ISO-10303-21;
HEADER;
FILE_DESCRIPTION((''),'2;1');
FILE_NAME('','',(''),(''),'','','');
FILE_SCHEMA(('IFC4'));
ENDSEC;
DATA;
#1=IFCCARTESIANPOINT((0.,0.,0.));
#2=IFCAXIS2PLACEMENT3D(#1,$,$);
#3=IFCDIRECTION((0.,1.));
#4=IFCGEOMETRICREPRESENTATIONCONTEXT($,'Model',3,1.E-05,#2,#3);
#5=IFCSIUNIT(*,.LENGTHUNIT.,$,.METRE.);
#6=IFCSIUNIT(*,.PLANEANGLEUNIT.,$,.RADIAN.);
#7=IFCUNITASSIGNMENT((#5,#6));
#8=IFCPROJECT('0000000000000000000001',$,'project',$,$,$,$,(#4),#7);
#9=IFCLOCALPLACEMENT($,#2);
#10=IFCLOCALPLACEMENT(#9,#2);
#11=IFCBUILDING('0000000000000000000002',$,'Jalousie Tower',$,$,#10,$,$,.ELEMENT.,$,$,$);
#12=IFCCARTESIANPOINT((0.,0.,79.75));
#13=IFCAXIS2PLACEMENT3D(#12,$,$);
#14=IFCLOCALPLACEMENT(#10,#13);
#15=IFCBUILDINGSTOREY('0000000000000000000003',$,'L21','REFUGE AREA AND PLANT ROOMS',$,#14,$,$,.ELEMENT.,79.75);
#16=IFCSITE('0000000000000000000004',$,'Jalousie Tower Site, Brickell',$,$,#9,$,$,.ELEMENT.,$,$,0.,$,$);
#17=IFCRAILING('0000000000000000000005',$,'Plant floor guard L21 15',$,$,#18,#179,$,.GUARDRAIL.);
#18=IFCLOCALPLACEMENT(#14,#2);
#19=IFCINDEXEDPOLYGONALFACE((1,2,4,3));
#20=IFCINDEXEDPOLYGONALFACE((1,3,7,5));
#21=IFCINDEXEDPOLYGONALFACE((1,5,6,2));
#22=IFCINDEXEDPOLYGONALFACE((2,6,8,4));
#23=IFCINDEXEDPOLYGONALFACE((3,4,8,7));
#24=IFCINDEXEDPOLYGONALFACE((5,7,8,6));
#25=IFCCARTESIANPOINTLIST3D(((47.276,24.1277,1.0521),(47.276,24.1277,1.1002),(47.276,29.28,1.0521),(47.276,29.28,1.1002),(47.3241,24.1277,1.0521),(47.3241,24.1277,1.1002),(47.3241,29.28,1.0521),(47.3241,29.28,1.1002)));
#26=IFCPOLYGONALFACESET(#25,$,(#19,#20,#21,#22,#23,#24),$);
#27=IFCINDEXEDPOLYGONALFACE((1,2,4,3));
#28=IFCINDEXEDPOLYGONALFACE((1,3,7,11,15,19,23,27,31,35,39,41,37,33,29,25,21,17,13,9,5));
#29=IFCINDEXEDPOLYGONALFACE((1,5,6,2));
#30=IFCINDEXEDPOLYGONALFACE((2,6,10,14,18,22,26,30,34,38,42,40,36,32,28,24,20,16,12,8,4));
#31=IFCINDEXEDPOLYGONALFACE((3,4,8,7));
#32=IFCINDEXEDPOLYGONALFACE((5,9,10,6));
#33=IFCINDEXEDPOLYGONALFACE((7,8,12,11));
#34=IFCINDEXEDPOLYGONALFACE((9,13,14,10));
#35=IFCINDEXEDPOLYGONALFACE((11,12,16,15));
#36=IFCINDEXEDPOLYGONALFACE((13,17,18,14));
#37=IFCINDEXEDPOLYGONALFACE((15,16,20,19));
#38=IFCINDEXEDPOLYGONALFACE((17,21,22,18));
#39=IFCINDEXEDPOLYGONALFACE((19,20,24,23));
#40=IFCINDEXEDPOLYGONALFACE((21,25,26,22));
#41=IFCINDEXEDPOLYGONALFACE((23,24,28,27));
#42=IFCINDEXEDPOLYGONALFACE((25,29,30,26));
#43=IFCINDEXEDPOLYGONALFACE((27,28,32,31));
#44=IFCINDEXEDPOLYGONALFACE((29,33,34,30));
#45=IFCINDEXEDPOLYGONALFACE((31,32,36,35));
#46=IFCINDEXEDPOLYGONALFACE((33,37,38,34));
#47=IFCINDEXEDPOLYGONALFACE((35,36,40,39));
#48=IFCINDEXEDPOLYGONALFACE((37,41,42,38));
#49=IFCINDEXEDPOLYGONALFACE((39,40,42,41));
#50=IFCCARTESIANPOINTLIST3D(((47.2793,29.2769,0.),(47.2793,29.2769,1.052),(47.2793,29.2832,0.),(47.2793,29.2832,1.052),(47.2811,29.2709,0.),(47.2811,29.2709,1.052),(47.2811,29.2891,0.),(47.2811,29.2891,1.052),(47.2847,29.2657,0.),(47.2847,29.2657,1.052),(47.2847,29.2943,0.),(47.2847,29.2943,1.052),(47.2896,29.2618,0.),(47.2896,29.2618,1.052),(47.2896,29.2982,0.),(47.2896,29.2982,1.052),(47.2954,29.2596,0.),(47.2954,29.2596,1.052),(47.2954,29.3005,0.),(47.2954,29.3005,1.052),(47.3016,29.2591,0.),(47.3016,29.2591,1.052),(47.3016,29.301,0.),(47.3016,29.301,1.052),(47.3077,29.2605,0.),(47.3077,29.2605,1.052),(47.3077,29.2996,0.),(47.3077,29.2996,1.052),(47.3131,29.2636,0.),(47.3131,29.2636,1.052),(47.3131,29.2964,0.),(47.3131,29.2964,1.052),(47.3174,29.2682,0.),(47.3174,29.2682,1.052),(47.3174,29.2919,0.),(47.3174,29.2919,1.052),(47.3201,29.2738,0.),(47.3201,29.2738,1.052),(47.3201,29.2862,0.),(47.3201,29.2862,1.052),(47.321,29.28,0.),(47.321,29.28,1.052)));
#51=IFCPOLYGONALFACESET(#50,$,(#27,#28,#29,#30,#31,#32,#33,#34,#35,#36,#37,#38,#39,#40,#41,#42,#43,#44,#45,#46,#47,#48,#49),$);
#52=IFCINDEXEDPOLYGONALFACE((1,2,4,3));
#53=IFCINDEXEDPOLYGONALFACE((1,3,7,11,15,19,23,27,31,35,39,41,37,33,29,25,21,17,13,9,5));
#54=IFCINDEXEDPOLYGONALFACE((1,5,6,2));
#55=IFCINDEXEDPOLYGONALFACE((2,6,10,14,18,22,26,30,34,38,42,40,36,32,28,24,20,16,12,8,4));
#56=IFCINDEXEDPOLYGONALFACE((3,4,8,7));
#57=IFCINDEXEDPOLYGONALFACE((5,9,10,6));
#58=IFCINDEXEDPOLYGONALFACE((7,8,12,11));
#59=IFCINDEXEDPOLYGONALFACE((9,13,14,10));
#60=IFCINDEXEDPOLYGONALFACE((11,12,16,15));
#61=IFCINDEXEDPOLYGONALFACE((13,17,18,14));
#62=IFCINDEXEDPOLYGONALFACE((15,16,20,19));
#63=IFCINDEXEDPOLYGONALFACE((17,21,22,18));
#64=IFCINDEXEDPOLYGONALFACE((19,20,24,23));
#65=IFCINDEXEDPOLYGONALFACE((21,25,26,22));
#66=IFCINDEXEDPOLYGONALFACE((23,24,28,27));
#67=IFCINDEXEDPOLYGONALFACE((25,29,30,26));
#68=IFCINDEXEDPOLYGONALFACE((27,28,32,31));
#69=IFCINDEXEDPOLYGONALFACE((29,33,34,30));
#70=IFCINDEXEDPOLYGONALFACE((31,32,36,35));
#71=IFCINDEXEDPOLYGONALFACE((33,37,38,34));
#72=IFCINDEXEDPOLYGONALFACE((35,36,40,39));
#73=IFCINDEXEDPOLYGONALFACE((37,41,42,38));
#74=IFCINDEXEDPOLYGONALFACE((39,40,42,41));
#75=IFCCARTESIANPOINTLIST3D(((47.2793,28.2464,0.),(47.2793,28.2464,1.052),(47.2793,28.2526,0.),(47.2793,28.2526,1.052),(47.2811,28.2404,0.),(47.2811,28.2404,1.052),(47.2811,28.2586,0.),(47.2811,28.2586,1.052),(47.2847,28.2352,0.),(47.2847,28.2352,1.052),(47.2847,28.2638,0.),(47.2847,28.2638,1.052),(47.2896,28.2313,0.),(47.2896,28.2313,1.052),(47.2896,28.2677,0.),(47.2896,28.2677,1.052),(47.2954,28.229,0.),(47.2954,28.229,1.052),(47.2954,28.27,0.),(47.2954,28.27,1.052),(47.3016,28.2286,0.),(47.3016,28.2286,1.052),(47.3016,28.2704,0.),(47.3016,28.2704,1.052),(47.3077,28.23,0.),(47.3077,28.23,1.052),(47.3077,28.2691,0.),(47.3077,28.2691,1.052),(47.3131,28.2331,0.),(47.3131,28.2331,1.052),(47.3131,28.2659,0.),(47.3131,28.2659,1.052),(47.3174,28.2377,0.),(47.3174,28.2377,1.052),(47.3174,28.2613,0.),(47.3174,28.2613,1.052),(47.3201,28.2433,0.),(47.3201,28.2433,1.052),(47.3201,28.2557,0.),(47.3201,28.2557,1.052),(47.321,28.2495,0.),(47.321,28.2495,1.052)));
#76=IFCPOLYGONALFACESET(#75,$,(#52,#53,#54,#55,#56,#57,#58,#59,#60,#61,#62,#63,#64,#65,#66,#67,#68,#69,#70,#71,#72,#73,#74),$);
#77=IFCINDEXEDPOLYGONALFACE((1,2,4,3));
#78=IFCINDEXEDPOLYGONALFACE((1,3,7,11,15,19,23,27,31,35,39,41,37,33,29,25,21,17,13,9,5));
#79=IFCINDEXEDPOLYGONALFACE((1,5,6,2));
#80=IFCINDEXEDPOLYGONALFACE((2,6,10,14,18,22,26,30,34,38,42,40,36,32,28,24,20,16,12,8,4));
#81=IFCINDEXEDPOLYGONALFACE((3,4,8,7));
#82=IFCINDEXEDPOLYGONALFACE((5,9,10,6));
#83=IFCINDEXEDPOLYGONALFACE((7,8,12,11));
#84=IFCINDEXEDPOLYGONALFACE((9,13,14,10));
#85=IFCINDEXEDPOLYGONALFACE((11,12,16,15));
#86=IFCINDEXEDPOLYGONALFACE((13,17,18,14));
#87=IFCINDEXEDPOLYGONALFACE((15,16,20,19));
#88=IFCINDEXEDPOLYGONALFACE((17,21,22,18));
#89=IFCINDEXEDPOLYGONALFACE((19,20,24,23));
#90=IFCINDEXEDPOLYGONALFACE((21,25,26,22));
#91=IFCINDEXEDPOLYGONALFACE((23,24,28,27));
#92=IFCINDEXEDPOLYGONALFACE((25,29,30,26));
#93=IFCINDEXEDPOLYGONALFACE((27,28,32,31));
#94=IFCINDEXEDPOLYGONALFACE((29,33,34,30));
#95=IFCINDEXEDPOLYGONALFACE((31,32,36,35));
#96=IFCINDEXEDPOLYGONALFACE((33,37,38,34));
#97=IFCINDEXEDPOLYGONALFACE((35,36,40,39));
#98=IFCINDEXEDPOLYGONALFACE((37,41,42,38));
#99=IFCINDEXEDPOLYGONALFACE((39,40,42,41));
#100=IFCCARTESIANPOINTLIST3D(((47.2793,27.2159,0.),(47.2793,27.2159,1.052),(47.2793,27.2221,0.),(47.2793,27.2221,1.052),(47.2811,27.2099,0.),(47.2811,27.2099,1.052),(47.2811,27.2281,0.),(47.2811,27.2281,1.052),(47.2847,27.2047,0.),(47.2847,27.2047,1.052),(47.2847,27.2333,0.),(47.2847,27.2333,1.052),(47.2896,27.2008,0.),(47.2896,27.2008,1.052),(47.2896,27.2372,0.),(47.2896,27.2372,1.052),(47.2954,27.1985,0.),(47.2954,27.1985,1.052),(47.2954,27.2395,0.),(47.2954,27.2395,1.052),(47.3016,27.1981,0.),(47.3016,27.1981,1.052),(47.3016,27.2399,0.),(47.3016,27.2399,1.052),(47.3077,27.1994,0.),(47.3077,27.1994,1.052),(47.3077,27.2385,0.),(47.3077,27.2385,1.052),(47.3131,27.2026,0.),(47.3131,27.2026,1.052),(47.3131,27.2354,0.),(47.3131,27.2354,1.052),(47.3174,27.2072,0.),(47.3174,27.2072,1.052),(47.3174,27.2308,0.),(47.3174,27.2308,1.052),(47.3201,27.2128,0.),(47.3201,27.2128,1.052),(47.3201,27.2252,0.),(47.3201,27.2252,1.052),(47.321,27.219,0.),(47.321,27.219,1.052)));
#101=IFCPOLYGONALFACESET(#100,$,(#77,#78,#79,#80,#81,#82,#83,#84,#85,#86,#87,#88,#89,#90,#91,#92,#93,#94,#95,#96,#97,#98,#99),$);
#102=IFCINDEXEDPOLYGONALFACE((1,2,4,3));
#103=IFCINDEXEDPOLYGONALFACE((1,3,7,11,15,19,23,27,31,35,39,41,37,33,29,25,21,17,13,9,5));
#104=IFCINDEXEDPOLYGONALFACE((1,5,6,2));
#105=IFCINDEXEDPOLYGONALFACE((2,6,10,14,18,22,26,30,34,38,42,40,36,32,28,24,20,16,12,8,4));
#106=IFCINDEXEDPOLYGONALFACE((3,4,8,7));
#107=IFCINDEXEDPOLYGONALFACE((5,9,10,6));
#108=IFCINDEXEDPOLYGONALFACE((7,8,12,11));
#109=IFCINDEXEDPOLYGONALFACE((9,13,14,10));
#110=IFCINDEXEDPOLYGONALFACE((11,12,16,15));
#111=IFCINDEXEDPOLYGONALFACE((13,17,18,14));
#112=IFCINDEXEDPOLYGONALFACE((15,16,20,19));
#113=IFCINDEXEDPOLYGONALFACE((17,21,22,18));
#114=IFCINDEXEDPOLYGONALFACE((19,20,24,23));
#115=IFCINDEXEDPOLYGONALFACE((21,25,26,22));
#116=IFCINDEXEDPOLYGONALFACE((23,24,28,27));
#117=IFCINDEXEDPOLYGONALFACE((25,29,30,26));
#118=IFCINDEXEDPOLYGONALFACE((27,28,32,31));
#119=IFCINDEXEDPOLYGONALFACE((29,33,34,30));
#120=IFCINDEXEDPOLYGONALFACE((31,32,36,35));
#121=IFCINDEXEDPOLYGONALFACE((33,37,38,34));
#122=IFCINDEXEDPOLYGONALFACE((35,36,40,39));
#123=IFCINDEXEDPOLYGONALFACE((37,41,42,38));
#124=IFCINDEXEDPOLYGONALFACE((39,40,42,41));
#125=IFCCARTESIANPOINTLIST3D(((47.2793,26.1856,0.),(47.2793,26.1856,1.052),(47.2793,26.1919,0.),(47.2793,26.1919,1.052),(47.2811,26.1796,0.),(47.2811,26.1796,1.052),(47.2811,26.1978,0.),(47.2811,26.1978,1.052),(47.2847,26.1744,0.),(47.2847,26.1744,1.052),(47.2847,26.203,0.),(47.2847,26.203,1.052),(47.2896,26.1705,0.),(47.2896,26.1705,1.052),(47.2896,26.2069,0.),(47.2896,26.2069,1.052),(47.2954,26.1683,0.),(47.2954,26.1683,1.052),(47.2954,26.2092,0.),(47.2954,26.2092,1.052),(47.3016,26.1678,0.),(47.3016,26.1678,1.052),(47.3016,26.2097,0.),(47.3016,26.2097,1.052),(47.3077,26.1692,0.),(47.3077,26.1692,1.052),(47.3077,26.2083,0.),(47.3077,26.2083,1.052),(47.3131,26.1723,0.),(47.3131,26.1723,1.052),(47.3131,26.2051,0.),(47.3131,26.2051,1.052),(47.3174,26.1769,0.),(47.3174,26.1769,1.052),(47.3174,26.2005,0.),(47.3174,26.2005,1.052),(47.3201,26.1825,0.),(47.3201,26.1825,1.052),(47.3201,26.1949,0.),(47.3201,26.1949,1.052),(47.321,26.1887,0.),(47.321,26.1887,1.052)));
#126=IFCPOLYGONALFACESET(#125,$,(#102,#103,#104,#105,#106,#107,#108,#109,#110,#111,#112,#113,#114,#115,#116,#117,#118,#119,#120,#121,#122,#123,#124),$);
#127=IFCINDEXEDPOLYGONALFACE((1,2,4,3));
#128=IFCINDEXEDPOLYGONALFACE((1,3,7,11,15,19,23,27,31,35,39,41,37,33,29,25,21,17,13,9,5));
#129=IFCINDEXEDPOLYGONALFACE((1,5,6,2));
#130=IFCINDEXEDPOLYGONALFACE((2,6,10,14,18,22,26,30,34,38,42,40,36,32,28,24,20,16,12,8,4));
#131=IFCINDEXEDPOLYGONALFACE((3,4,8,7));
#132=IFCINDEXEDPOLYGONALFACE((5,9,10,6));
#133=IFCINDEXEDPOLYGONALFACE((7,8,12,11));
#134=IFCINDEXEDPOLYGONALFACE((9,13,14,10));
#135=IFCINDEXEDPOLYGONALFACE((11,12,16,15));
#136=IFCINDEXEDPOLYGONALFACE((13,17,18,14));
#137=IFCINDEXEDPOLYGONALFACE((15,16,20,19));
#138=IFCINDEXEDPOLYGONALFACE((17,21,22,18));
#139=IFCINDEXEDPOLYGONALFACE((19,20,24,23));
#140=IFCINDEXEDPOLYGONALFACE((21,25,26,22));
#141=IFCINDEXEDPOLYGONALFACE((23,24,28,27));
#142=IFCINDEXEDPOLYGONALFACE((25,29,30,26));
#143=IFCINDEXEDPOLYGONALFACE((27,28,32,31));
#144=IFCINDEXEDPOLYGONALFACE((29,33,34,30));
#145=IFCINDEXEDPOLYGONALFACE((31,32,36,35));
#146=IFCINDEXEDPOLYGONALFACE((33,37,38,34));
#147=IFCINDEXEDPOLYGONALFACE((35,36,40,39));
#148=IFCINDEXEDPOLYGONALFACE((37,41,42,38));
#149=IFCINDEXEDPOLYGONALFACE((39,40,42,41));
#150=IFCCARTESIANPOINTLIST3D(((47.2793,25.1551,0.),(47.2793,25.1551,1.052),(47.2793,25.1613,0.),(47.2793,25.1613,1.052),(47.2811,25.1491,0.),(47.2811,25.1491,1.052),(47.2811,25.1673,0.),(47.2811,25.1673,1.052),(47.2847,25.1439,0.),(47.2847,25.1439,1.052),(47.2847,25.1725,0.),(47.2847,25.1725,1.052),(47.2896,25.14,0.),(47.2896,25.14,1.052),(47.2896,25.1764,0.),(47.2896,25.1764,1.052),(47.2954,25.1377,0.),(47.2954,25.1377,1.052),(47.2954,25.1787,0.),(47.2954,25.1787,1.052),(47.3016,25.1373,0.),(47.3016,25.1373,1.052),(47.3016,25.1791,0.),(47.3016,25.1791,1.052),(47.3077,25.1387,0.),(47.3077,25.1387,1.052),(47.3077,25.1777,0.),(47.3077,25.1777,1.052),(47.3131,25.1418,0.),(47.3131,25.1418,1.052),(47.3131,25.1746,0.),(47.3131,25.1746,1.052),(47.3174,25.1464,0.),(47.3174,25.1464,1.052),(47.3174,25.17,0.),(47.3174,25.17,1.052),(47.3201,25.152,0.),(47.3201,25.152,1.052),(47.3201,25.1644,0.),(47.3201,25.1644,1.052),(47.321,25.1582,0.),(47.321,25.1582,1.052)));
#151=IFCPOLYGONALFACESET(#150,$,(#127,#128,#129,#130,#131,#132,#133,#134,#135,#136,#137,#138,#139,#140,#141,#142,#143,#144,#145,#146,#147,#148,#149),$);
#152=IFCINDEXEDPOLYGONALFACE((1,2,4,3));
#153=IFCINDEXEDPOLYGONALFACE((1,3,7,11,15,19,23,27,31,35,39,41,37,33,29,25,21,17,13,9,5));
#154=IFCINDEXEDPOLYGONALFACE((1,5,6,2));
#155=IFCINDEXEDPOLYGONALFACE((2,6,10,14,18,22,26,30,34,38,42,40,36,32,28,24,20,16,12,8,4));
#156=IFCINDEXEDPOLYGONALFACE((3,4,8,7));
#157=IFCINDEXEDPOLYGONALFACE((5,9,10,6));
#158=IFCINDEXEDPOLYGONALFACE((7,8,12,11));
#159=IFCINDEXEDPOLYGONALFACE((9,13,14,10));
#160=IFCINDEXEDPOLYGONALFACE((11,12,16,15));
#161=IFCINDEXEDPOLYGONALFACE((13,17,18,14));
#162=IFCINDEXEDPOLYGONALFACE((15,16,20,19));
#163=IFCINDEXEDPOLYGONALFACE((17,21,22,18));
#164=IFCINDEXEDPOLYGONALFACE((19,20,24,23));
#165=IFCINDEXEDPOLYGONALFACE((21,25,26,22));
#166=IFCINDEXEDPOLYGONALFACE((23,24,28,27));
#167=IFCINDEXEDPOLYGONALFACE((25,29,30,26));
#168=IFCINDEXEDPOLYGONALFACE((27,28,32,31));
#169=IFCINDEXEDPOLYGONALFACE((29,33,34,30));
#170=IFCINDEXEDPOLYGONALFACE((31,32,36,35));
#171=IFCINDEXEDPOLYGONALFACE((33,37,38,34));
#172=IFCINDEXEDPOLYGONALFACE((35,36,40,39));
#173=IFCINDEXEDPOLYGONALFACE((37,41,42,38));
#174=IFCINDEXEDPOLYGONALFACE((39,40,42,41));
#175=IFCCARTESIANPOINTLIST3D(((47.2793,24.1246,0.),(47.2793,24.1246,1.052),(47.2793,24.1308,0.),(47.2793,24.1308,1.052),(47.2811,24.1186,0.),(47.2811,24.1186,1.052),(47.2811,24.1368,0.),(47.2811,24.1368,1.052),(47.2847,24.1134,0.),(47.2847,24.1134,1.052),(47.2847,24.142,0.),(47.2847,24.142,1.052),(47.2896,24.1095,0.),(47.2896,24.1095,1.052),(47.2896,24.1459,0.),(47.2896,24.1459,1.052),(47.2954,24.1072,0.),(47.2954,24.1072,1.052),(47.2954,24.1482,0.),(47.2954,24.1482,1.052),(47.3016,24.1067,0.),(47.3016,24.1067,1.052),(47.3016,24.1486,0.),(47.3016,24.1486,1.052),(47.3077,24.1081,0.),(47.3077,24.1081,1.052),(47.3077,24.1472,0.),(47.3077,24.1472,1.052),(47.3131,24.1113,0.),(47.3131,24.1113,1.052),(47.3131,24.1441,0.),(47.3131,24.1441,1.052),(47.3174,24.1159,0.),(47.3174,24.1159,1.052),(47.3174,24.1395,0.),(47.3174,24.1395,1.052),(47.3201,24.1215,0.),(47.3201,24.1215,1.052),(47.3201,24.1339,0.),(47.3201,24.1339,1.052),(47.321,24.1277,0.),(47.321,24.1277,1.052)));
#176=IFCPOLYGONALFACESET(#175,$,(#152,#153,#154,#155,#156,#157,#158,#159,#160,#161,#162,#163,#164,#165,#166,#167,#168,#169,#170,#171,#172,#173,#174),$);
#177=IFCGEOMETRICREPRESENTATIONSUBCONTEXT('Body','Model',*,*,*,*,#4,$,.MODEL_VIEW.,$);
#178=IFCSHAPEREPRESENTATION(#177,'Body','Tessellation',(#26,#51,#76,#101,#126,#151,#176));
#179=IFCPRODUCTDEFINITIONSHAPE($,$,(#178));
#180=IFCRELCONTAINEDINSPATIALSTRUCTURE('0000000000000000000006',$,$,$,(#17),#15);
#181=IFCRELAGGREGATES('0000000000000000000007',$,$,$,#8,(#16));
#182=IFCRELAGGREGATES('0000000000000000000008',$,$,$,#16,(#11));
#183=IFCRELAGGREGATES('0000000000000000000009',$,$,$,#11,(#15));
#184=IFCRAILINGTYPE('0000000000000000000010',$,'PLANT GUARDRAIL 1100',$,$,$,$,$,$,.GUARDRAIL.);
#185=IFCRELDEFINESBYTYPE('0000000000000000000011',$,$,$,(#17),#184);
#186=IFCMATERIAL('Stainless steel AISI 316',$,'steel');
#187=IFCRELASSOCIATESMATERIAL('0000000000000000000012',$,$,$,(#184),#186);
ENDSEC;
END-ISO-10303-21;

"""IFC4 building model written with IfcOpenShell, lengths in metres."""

from ifc_helpers import new_model, si_unit, direction, frame, origin, origin_2d, place, context, subcontext, project, spatial, rectangle, circle, extrude, material, type_object, element, save


model = new_model("IFC4")

# Units and contexts
model_context = context("Model", 3, precision=1e-05, world=origin(), true_north=direction((0.0, 1.0)))
body_context = subcontext(model_context, "Body", "Model", "MODEL_VIEW")
ifc_project = project(units=[si_unit("LENGTHUNIT", "METRE"), si_unit("PLANEANGLEUNIT", "RADIAN")], contexts=[model_context])

# Site, building, storey
site_placement = place(None, origin())
site = spatial("IfcSite", under=ifc_project, at=site_placement, Name="Jalousie Tower Site, Brickell", CompositionType="ELEMENT", RefElevation=0.0)
building_placement = place(site_placement, origin())
building = spatial("IfcBuilding", under=site, at=building_placement, Name="Jalousie Tower", CompositionType="ELEMENT")
storey_placement = place(building_placement, frame((0.0, 0.0, 79.75)))
storey = spatial("IfcBuildingStorey", under=building, at=storey_placement, Name="L21", Description="REFUGE AREA AND PLANT ROOMS", CompositionType="ELEMENT", Elevation=79.75)

# Railing
ifc_material_1 = material(Name="Stainless steel AISI 316", Category="steel")
railing_type_1 = type_object("IfcRailingType", Name="PLANT GUARDRAIL 1100", PredefinedType="GUARDRAIL", material=ifc_material_1)
railing_1_placement = place(storey_placement, frame((47.3, 29.28, 0.0)))
element("IfcRailing", 1, at=railing_1_placement, inside=storey, type_object=railing_type_1, Name="Plant floor guard L21 15", PredefinedType="GUARDRAIL", context=body_context, shape_type="SweptSolid", body=[
    extrude(rectangle(XDim=0.0481, YDim=0.0481, at=origin_2d()), frame((0.0, 0.0, 1.0762), z_axis=(0.0, -1.0, 0.0), x_axis=(1.0, 0.0, 0.0)), (0.0, 0.0, 1.0), 5.1523),
    extrude(circle(Radius=0.021, at=origin_2d()), origin(), (0.0, 0.0, 1.0), 1.052),
    extrude(circle(Radius=0.021, at=origin_2d()), frame((0.0, -1.0305, 0.0)), (0.0, 0.0, 1.0), 1.052),
    extrude(circle(Radius=0.021, at=origin_2d()), frame((0.0, -2.061, 0.0)), (0.0, 0.0, 1.0), 1.052),
    extrude(circle(Radius=0.021, at=origin_2d()), frame((0.0, -3.0913, 0.0)), (0.0, 0.0, 1.0), 1.052),
    extrude(circle(Radius=0.021, at=origin_2d()), frame((0.0, -4.1218, 0.0)), (0.0, 0.0, 1.0), 1.052),
    extrude(circle(Radius=0.021, at=origin_2d()), frame((0.0, -5.1523, 0.0)), (0.0, 0.0, 1.0), 1.052),
])

save(model, "model.ifc")
